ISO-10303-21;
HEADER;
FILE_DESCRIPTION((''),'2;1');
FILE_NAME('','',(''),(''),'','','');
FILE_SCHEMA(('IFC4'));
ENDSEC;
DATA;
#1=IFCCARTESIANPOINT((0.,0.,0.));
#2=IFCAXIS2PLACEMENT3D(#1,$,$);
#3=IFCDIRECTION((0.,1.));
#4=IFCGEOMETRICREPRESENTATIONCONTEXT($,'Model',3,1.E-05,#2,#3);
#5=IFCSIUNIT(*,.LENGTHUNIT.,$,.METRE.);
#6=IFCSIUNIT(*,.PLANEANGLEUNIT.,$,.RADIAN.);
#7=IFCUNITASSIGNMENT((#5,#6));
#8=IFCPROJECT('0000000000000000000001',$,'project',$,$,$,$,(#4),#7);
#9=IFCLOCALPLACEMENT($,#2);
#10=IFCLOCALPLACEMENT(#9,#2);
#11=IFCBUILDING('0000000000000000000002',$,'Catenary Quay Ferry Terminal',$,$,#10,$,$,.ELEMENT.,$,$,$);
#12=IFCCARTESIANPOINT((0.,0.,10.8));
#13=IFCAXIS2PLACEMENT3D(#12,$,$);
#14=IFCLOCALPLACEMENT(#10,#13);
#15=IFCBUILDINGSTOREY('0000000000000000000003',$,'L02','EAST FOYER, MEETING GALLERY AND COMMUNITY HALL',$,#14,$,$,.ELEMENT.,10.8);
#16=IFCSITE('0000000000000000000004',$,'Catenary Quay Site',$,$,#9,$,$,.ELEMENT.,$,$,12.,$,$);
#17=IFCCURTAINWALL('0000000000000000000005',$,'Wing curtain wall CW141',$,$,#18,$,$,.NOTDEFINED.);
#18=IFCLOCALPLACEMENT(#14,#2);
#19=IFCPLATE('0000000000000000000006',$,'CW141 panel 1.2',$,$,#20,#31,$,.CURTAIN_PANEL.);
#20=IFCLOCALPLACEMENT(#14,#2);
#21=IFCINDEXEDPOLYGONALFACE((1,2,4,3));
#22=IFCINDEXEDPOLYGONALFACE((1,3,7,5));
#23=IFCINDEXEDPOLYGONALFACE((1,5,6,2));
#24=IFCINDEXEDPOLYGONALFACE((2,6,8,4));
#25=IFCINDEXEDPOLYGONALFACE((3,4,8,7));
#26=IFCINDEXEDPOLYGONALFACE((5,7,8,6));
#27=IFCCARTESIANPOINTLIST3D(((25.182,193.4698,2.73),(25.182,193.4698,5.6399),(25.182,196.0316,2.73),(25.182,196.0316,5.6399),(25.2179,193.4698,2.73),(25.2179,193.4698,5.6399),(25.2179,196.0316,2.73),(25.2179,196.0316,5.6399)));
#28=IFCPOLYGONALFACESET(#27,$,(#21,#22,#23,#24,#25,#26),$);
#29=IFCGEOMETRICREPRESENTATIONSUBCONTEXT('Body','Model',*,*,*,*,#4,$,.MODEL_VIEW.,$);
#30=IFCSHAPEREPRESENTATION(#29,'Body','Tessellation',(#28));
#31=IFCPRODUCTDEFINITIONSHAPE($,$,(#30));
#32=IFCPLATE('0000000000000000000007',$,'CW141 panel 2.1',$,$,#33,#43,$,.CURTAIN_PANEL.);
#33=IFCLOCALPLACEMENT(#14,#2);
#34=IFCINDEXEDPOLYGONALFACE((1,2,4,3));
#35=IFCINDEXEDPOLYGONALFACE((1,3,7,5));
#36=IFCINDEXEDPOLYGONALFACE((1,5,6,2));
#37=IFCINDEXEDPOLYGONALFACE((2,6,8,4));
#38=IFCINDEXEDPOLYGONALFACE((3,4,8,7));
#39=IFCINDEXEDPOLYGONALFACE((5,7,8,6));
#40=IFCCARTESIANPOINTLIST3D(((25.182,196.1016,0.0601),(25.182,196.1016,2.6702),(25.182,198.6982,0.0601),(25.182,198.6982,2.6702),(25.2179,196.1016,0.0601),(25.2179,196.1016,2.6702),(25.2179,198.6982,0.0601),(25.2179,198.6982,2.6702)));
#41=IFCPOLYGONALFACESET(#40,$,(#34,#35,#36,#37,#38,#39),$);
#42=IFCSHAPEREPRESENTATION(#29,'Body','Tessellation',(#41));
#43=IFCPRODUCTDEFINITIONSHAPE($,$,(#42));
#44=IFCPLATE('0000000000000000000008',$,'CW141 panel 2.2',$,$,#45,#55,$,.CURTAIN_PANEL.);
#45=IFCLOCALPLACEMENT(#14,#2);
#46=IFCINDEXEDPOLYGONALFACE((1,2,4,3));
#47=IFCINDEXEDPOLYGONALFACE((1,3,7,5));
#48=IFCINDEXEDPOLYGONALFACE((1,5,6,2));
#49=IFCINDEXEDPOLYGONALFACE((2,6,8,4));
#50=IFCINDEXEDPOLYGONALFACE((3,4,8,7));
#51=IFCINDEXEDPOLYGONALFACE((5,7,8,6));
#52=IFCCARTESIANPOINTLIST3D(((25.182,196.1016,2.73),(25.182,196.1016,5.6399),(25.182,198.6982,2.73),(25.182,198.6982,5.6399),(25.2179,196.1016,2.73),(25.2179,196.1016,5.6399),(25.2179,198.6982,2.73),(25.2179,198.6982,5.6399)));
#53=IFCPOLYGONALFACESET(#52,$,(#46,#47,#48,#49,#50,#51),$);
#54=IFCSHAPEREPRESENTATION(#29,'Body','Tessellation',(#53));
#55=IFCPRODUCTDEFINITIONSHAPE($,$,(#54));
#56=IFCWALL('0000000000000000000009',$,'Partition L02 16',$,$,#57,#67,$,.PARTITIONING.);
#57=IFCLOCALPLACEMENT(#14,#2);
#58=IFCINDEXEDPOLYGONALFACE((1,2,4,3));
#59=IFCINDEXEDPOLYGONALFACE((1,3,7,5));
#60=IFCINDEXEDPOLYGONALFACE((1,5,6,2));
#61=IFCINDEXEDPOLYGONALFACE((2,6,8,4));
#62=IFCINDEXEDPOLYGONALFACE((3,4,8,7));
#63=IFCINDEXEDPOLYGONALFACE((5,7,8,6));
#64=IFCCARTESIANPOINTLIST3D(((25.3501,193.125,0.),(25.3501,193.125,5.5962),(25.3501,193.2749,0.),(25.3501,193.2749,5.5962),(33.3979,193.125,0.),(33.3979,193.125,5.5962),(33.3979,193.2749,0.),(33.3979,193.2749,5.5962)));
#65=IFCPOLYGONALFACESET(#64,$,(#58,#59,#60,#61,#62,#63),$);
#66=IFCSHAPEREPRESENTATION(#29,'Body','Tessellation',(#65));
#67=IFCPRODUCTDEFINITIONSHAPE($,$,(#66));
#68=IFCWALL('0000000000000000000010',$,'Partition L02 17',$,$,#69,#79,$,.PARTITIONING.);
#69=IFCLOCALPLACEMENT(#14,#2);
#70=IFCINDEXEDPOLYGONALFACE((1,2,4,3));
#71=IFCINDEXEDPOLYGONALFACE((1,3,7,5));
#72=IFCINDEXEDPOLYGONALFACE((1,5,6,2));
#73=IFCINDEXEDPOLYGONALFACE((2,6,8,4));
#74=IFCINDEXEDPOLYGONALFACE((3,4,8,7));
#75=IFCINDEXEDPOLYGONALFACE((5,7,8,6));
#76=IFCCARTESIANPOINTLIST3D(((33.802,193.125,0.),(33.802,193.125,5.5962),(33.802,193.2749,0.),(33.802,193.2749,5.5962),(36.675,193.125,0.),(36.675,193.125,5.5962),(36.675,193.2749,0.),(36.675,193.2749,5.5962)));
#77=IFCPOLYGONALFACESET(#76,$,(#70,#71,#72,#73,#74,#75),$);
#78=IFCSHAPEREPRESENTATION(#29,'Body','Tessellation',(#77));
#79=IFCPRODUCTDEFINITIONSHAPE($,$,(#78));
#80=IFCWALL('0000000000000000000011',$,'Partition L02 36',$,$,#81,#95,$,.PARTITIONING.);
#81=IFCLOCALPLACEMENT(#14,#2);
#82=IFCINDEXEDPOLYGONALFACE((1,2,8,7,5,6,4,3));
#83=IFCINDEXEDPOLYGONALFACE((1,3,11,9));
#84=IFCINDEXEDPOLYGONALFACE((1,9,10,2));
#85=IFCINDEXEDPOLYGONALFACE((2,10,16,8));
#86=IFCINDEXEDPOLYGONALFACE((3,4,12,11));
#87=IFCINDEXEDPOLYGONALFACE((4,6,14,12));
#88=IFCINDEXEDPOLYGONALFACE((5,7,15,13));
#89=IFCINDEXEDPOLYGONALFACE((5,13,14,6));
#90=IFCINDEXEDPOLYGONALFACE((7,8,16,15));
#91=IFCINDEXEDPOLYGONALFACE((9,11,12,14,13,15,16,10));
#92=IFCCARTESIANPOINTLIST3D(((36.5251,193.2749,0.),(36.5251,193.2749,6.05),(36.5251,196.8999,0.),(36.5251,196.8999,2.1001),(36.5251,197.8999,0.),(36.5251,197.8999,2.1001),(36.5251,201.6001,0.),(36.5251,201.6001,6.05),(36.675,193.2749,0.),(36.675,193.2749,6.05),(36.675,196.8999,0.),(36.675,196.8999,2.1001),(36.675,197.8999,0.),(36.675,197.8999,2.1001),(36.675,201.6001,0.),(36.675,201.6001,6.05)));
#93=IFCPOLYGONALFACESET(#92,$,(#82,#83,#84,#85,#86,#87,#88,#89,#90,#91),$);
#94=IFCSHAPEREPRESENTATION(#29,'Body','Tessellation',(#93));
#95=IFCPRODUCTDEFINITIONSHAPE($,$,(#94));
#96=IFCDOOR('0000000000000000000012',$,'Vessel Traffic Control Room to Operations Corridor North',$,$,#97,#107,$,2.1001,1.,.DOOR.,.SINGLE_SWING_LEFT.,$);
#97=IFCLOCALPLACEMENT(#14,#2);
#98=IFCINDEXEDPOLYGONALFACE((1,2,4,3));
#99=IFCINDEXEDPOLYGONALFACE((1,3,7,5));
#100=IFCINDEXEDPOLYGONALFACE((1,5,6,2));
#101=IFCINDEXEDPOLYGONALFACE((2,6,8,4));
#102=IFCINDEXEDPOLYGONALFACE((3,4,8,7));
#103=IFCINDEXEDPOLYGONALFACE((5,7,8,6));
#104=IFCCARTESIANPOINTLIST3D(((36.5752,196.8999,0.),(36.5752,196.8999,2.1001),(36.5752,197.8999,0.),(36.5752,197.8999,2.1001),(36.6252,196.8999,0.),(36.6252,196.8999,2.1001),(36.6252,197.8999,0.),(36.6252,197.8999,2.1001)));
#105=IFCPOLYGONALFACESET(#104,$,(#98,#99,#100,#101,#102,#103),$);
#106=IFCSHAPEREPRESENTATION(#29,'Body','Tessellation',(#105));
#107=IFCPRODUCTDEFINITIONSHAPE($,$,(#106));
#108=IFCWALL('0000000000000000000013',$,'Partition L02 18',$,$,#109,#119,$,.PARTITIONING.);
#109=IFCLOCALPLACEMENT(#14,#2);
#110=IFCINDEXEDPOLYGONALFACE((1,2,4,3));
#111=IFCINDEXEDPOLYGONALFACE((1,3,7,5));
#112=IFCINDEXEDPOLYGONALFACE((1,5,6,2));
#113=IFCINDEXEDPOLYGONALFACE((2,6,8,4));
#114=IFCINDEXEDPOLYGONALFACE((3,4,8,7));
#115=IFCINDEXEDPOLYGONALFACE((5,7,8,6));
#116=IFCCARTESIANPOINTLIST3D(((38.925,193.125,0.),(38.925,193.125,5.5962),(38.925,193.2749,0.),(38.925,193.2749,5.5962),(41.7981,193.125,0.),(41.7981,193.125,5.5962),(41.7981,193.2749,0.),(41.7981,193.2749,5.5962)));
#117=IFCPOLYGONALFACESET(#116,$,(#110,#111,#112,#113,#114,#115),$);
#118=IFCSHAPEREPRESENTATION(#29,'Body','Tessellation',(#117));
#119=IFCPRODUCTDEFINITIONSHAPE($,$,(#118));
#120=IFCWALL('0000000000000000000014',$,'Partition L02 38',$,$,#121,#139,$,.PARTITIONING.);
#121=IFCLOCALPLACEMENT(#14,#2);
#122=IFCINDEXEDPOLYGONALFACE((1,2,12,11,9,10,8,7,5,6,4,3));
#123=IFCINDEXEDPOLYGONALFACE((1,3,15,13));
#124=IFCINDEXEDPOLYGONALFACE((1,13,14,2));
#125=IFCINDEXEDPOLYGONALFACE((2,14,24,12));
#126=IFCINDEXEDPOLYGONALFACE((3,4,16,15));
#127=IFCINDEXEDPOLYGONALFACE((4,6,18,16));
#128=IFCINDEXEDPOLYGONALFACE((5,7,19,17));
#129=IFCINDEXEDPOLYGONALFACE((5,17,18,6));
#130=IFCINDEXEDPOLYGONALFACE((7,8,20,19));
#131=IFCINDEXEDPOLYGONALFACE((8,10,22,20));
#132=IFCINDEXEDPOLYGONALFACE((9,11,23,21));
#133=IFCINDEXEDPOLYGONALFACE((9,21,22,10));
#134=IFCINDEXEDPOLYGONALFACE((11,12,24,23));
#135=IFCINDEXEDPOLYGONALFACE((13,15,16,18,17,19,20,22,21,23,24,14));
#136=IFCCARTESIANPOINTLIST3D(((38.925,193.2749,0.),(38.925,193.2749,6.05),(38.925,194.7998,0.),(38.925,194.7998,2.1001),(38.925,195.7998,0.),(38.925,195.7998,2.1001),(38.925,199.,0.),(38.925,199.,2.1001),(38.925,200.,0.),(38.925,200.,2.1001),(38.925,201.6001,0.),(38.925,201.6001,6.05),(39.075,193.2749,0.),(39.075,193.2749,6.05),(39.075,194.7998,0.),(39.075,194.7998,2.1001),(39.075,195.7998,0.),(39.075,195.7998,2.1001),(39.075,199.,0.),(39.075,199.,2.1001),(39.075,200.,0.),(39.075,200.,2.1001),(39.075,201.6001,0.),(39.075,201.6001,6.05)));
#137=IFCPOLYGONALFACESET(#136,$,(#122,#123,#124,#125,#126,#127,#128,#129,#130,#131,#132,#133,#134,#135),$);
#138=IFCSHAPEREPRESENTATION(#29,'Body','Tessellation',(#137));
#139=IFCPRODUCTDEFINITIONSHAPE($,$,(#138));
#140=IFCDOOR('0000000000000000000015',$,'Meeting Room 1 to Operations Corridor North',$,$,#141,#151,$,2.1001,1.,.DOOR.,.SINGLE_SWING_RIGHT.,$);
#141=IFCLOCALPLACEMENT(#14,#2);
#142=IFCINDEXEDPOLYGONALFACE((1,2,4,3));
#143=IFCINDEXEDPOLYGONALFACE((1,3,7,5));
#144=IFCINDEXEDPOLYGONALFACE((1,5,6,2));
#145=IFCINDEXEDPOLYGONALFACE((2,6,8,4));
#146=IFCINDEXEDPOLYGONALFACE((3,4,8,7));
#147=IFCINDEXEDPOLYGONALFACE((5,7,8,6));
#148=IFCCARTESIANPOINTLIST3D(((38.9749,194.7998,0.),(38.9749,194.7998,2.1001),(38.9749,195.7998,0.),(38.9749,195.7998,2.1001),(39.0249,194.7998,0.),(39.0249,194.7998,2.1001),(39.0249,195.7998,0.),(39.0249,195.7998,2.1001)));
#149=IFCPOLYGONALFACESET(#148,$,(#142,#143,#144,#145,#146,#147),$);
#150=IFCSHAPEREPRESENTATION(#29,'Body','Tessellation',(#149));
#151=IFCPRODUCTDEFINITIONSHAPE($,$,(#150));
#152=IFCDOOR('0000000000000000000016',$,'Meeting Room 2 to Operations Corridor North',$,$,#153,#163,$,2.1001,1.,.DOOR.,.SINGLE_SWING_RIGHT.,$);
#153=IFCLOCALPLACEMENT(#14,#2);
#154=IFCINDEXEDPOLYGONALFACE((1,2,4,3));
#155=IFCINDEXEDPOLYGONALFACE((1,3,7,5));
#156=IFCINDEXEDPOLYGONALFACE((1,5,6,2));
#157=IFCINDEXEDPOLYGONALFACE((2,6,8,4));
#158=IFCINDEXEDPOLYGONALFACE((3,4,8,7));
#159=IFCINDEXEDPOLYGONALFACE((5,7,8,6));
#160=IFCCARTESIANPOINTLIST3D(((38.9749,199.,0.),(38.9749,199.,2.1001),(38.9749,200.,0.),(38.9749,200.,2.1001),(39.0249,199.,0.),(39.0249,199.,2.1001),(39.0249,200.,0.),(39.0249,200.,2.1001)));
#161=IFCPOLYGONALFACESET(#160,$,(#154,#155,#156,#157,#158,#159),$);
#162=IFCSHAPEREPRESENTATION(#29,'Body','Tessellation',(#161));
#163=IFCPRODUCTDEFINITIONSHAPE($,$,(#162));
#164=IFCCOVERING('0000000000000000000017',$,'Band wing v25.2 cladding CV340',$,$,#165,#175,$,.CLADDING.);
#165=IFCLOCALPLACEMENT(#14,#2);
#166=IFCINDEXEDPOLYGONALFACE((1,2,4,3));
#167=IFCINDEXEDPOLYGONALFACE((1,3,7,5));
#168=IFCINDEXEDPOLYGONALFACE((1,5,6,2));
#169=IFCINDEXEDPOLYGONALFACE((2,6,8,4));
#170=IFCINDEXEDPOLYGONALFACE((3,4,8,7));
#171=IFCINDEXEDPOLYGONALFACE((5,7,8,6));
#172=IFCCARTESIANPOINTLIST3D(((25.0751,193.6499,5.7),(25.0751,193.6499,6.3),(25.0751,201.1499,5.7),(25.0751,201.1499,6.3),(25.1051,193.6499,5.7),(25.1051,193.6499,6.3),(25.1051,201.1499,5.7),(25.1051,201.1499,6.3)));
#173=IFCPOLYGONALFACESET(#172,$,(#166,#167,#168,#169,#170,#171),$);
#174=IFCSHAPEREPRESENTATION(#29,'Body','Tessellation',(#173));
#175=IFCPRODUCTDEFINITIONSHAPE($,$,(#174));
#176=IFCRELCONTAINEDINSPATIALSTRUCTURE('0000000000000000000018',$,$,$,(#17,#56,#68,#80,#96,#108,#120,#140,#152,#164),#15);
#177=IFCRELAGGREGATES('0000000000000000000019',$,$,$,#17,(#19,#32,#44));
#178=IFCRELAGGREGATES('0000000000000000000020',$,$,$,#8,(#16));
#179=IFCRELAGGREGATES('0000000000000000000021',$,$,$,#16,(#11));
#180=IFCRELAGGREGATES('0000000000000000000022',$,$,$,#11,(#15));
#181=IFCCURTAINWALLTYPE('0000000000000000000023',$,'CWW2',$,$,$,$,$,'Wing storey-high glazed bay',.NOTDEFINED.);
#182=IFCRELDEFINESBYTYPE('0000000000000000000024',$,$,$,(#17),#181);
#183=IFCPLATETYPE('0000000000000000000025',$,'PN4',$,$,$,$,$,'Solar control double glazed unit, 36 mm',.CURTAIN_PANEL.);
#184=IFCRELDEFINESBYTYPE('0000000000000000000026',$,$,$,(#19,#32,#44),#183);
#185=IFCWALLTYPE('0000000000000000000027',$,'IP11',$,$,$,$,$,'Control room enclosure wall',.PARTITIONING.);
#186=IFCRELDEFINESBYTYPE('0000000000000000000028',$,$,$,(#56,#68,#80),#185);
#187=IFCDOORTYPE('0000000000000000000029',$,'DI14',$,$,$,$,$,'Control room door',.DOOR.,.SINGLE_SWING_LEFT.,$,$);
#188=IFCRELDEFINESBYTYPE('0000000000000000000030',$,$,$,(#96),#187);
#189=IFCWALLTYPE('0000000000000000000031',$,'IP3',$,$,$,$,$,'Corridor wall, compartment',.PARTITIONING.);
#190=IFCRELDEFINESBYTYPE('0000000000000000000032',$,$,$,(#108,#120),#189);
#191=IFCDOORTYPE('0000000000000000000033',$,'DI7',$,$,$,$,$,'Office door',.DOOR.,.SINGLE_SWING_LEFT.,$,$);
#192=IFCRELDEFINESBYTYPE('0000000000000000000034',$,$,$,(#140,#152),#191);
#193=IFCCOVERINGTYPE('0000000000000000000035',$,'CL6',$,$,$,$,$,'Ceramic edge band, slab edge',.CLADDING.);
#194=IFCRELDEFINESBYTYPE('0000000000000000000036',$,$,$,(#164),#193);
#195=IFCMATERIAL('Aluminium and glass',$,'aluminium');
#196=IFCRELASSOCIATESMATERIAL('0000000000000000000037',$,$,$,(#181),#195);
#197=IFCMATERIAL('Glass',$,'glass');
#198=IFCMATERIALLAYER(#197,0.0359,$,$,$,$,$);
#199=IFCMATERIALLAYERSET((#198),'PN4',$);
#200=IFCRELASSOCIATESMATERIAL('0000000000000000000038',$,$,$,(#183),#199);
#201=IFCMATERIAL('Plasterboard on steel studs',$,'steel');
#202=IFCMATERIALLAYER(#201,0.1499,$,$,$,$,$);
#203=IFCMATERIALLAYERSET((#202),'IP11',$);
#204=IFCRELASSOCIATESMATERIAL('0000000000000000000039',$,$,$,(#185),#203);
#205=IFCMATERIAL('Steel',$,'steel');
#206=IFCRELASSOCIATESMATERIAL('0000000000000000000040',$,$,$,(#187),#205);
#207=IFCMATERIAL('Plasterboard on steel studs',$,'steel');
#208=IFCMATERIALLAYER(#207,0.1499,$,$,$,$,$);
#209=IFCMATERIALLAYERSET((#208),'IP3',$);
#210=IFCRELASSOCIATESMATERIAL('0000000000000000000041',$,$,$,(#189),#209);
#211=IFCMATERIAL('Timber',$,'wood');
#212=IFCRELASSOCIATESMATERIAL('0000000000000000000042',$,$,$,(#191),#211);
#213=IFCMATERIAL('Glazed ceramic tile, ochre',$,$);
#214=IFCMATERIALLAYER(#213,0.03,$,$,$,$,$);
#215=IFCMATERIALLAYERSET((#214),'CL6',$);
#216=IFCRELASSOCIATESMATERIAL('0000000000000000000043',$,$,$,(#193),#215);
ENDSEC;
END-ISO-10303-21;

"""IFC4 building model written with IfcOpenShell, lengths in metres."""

from ifc_helpers import new_model, si_unit, direction, frame, frame_2d, origin, origin_2d, place, context, subcontext, project, spatial, rectangle, extrude, material, layer, layer_set, type_object, element, fill, aggregate, save


model = new_model("IFC4")

# Units and contexts
model_context = context("Model", 3, precision=1e-05, world=origin(), true_north=direction((0.0, 1.0)))
body_context = subcontext(model_context, "Body", "Model", "MODEL_VIEW")
ifc_project = project(units=[si_unit("LENGTHUNIT", "METRE"), si_unit("PLANEANGLEUNIT", "RADIAN")], contexts=[model_context])

# Site, building, storey
site_placement = place(None, origin())
site = spatial("IfcSite", under=ifc_project, at=site_placement, Name="Catenary Quay Site", CompositionType="ELEMENT", RefElevation=12.0)
building_placement = place(site_placement, origin())
building = spatial("IfcBuilding", under=site, at=building_placement, Name="Catenary Quay Ferry Terminal", CompositionType="ELEMENT")
storey_placement = place(building_placement, frame((0.0, 0.0, 10.8)))
storey = spatial("IfcBuildingStorey", under=building, at=storey_placement, Name="L02", Description="EAST FOYER, MEETING GALLERY AND COMMUNITY HALL", CompositionType="ELEMENT", Elevation=10.8)

# Shared definitions
ifc_material_1 = material(Name="Aluminium and glass", Category="aluminium")
curtain_wall_type = type_object("IfcCurtainWallType", Name="CWW2", ElementType="Wing storey-high glazed bay", PredefinedType="NOTDEFINED", material=ifc_material_1)

# Curtain wall
curtain_wall_1_placement = place(storey_placement, origin())
curtain_wall_1 = element("IfcCurtainWall", 1, at=curtain_wall_1_placement, inside=storey, type_object=curtain_wall_type, Name="Wing curtain wall CW141", PredefinedType="NOTDEFINED")

# Plates
ifc_material_2 = material(Name="Glass", Category="glass")
ifc_layer_1 = layer(ifc_material_2, 0.0359)
ifc_layer_set_1 = layer_set([ifc_layer_1], Name="PN4")
plate_type = type_object("IfcPlateType", Name="PN4", ElementType="Solar control double glazed unit, 36 mm", PredefinedType="CURTAIN_PANEL", material=ifc_layer_set_1)
plate_1_placement = place(storey_placement, frame((25.2, 194.7507, 2.73), z_axis=(0.0, 0.0, 1.0), x_axis=(0.0, 1.0, 0.0)))
plate_1 = element("IfcPlate", 2, at=plate_1_placement, type_object=plate_type, Name="CW141 panel 1.2", PredefinedType="CURTAIN_PANEL", context=body_context, shape_type="SweptSolid", body=[
    extrude(rectangle(XDim=2.5618, YDim=0.0359, at=origin_2d()), origin(), (0.0, 0.0, 1.0), 2.9099),
])
plate_2_placement = place(storey_placement, frame((25.2, 197.3999, 0.0601), z_axis=(0.0, 0.0, 1.0), x_axis=(0.0, 1.0, 0.0)))
plate_2 = element("IfcPlate", 3, at=plate_2_placement, type_object=plate_type, Name="CW141 panel 2.1", PredefinedType="CURTAIN_PANEL", context=body_context, shape_type="SweptSolid", body=[
    extrude(rectangle(XDim=2.5967, YDim=0.0359, at=origin_2d()), origin(), (0.0, 0.0, 1.0), 2.6101),
])
plate_3_placement = place(storey_placement, frame((25.2, 197.3999, 2.73), z_axis=(0.0, 0.0, 1.0), x_axis=(0.0, 1.0, 0.0)))
plate_3 = element("IfcPlate", 4, at=plate_3_placement, type_object=plate_type, Name="CW141 panel 2.2", PredefinedType="CURTAIN_PANEL", context=body_context, shape_type="SweptSolid", body=[
    extrude(rectangle(XDim=2.5967, YDim=0.0359, at=origin_2d()), origin(), (0.0, 0.0, 1.0), 2.9099),
])
aggregate(curtain_wall_1, [plate_1, plate_2, plate_3])

# Walls
ifc_material_3 = material(Name="Plasterboard on steel studs", Category="steel")
ifc_layer_2 = layer(ifc_material_3, 0.1499)
ifc_layer_set_2 = layer_set([ifc_layer_2], Name="IP11")
wall_type_1 = type_object("IfcWallType", Name="IP11", ElementType="Control room enclosure wall", PredefinedType="PARTITIONING", material=ifc_layer_set_2)
wall_1_placement = place(storey_placement, frame((25.3501, 193.2, 0.0), z_axis=(0.0, 0.0, 1.0), x_axis=(1.0, 0.0, 0.0)))
element("IfcWall", 5, at=wall_1_placement, inside=storey, type_object=wall_type_1, Name="Partition L02 16", PredefinedType="PARTITIONING", context=body_context, shape_type="SweptSolid", body=[
    extrude(rectangle(XDim=8.0479, YDim=0.1499, at=frame_2d((4.0239, 0.0))), origin(), (0.0, 0.0, 1.0), 5.5962),
])
wall_2_placement = place(storey_placement, frame((33.802, 193.2, 0.0), z_axis=(0.0, 0.0, 1.0), x_axis=(1.0, 0.0, 0.0)))
element("IfcWall", 6, at=wall_2_placement, inside=storey, type_object=wall_type_1, Name="Partition L02 17", PredefinedType="PARTITIONING", context=body_context, shape_type="SweptSolid", body=[
    extrude(rectangle(XDim=2.873, YDim=0.1499, at=frame_2d((1.4365, 0.0))), origin(), (0.0, 0.0, 1.0), 5.5962),
])

# Wall, opening, door
wall_3_placement = place(storey_placement, frame((36.6001, 193.2749, 0.0), z_axis=(0.0, 0.0, 1.0), x_axis=(0.0, 1.0, 0.0)))
wall_3 = element("IfcWall", 7, at=wall_3_placement, inside=storey, type_object=wall_type_1, Name="Partition L02 36", PredefinedType="PARTITIONING", context=body_context, shape_type="SweptSolid", body=[
    extrude(rectangle(XDim=8.3252, YDim=0.1499, at=frame_2d((4.1626, 0.0))), origin(), (0.0, 0.0, 1.0), 6.05),
])
opening_1_placement = place(wall_3_placement, frame((3.625, 0.0, 0.0)))
opening_1 = element("IfcOpeningElement", 8, at=opening_1_placement, cuts=wall_3, PredefinedType="OPENING", context=body_context, shape_type="SweptSolid", body=[
    extrude(rectangle(XDim=1.0, YDim=2.1001, at=frame_2d((0.5, 1.05))), frame((0.0, 0.085, 0.0), z_axis=(0.0, -1.0, 0.0), x_axis=(1.0, 0.0, 0.0)), (0.0, 0.0, 1.0), 0.1699),
])
ifc_material_4 = material(Name="Steel", Category="steel")
door_type_1 = type_object("IfcDoorType", Name="DI14", ElementType="Control room door", OperationType="SINGLE_SWING_LEFT", PredefinedType="DOOR", material=ifc_material_4)
door_1_placement = place(opening_1_placement, origin())
door_1 = element("IfcDoor", 9, at=door_1_placement, inside=storey, type_object=door_type_1, Name="Vessel Traffic Control Room to Operations Corridor North", OperationType="SINGLE_SWING_LEFT", OverallHeight=2.1001, OverallWidth=1.0, PredefinedType="DOOR", context=body_context, shape_type="SweptSolid", body=[
    extrude(rectangle(XDim=1.0, YDim=2.1001, at=frame_2d((0.5, 1.05))), frame((0.0, 0.0249, 0.0), z_axis=(0.0, -1.0, 0.0), x_axis=(1.0, 0.0, 0.0)), (0.0, 0.0, 1.0), 0.05),
])
fill(opening_1, door_1)

# Wall
ifc_material_5 = material(Name="Plasterboard on steel studs", Category="steel")
ifc_layer_3 = layer(ifc_material_5, 0.1499)
ifc_layer_set_3 = layer_set([ifc_layer_3], Name="IP3")
wall_type_2 = type_object("IfcWallType", Name="IP3", ElementType="Corridor wall, compartment", PredefinedType="PARTITIONING", material=ifc_layer_set_3)
wall_4_placement = place(storey_placement, frame((38.925, 193.2, 0.0), z_axis=(0.0, 0.0, 1.0), x_axis=(1.0, 0.0, 0.0)))
element("IfcWall", 10, at=wall_4_placement, inside=storey, type_object=wall_type_2, Name="Partition L02 18", PredefinedType="PARTITIONING", context=body_context, shape_type="SweptSolid", body=[
    extrude(rectangle(XDim=2.873, YDim=0.1499, at=frame_2d((1.4365, 0.0))), origin(), (0.0, 0.0, 1.0), 5.5962),
])

# Wall, openings, doors
wall_5_placement = place(storey_placement, frame((39.0, 193.2749, 0.0), z_axis=(0.0, 0.0, 1.0), x_axis=(0.0, 1.0, 0.0)))
wall_5 = element("IfcWall", 11, at=wall_5_placement, inside=storey, type_object=wall_type_2, Name="Partition L02 38", PredefinedType="PARTITIONING", context=body_context, shape_type="SweptSolid", body=[
    extrude(rectangle(XDim=8.3252, YDim=0.1499, at=frame_2d((4.1626, 0.0))), origin(), (0.0, 0.0, 1.0), 6.05),
])
opening_2_placement = place(wall_5_placement, frame((1.5249, 0.0, 0.0)))
opening_2 = element("IfcOpeningElement", 12, at=opening_2_placement, cuts=wall_5, PredefinedType="OPENING", context=body_context, shape_type="SweptSolid", body=[
    extrude(rectangle(XDim=1.0, YDim=2.1001, at=frame_2d((0.5, 1.05))), frame((0.0, 0.085, 0.0), z_axis=(0.0, -1.0, 0.0), x_axis=(1.0, 0.0, 0.0)), (0.0, 0.0, 1.0), 0.1699),
])
opening_3_placement = place(wall_5_placement, frame((5.7251, 0.0, 0.0)))
opening_3 = element("IfcOpeningElement", 13, at=opening_3_placement, cuts=wall_5, PredefinedType="OPENING", context=body_context, shape_type="SweptSolid", body=[
    extrude(rectangle(XDim=1.0, YDim=2.1001, at=frame_2d((0.5, 1.05))), frame((0.0, 0.085, 0.0), z_axis=(0.0, -1.0, 0.0), x_axis=(1.0, 0.0, 0.0)), (0.0, 0.0, 1.0), 0.1699),
])
ifc_material_6 = material(Name="Timber", Category="wood")
door_type_2 = type_object("IfcDoorType", Name="DI7", ElementType="Office door", OperationType="SINGLE_SWING_LEFT", PredefinedType="DOOR", material=ifc_material_6)
door_2_placement = place(opening_2_placement, frame((1.0, 0.0, 0.0), z_axis=(0.0, 0.0, 1.0), x_axis=(-1.0, 0.0, 0.0)))
door_2 = element("IfcDoor", 14, at=door_2_placement, inside=storey, type_object=door_type_2, Name="Meeting Room 1 to Operations Corridor North", OperationType="SINGLE_SWING_RIGHT", OverallHeight=2.1001, OverallWidth=1.0, PredefinedType="DOOR", context=body_context, shape_type="SweptSolid", body=[
    extrude(rectangle(XDim=1.0, YDim=2.1001, at=frame_2d((0.5, 1.05))), frame((0.0, 0.0249, 0.0), z_axis=(0.0, -1.0, 0.0), x_axis=(1.0, 0.0, 0.0)), (0.0, 0.0, 1.0), 0.05),
])
fill(opening_2, door_2)
door_3_placement = place(opening_3_placement, frame((1.0, 0.0, 0.0), z_axis=(0.0, 0.0, 1.0), x_axis=(-1.0, 0.0, 0.0)))
door_3 = element("IfcDoor", 15, at=door_3_placement, inside=storey, type_object=door_type_2, Name="Meeting Room 2 to Operations Corridor North", OperationType="SINGLE_SWING_RIGHT", OverallHeight=2.1001, OverallWidth=1.0, PredefinedType="DOOR", context=body_context, shape_type="SweptSolid", body=[
    extrude(rectangle(XDim=1.0, YDim=2.1001, at=frame_2d((0.5, 1.05))), frame((0.0, 0.0249, 0.0), z_axis=(0.0, -1.0, 0.0), x_axis=(1.0, 0.0, 0.0)), (0.0, 0.0, 1.0), 0.05),
])
fill(opening_3, door_3)

# Covering
ifc_material_7 = material(Name="Glazed ceramic tile, ochre")
ifc_layer_4 = layer(ifc_material_7, 0.03)
ifc_layer_set_4 = layer_set([ifc_layer_4], Name="CL6")
covering_type = type_object("IfcCoveringType", Name="CL6", ElementType="Ceramic edge band, slab edge", PredefinedType="CLADDING", material=ifc_layer_set_4)
covering_placement = place(storey_placement, frame((25.0901, 197.3999, 5.7), z_axis=(0.0, 0.0, 1.0), x_axis=(1.0, 0.0, 0.0)))
element("IfcCovering", 16, at=covering_placement, inside=storey, type_object=covering_type, Name="Band wing v25.2 cladding CV340", PredefinedType="CLADDING", context=body_context, shape_type="SweptSolid", body=[
    extrude(rectangle(XDim=0.03, YDim=7.5, at=origin_2d()), origin(), (0.0, 0.0, 1.0), 0.6001),
])

save(model, "model.ifc")
